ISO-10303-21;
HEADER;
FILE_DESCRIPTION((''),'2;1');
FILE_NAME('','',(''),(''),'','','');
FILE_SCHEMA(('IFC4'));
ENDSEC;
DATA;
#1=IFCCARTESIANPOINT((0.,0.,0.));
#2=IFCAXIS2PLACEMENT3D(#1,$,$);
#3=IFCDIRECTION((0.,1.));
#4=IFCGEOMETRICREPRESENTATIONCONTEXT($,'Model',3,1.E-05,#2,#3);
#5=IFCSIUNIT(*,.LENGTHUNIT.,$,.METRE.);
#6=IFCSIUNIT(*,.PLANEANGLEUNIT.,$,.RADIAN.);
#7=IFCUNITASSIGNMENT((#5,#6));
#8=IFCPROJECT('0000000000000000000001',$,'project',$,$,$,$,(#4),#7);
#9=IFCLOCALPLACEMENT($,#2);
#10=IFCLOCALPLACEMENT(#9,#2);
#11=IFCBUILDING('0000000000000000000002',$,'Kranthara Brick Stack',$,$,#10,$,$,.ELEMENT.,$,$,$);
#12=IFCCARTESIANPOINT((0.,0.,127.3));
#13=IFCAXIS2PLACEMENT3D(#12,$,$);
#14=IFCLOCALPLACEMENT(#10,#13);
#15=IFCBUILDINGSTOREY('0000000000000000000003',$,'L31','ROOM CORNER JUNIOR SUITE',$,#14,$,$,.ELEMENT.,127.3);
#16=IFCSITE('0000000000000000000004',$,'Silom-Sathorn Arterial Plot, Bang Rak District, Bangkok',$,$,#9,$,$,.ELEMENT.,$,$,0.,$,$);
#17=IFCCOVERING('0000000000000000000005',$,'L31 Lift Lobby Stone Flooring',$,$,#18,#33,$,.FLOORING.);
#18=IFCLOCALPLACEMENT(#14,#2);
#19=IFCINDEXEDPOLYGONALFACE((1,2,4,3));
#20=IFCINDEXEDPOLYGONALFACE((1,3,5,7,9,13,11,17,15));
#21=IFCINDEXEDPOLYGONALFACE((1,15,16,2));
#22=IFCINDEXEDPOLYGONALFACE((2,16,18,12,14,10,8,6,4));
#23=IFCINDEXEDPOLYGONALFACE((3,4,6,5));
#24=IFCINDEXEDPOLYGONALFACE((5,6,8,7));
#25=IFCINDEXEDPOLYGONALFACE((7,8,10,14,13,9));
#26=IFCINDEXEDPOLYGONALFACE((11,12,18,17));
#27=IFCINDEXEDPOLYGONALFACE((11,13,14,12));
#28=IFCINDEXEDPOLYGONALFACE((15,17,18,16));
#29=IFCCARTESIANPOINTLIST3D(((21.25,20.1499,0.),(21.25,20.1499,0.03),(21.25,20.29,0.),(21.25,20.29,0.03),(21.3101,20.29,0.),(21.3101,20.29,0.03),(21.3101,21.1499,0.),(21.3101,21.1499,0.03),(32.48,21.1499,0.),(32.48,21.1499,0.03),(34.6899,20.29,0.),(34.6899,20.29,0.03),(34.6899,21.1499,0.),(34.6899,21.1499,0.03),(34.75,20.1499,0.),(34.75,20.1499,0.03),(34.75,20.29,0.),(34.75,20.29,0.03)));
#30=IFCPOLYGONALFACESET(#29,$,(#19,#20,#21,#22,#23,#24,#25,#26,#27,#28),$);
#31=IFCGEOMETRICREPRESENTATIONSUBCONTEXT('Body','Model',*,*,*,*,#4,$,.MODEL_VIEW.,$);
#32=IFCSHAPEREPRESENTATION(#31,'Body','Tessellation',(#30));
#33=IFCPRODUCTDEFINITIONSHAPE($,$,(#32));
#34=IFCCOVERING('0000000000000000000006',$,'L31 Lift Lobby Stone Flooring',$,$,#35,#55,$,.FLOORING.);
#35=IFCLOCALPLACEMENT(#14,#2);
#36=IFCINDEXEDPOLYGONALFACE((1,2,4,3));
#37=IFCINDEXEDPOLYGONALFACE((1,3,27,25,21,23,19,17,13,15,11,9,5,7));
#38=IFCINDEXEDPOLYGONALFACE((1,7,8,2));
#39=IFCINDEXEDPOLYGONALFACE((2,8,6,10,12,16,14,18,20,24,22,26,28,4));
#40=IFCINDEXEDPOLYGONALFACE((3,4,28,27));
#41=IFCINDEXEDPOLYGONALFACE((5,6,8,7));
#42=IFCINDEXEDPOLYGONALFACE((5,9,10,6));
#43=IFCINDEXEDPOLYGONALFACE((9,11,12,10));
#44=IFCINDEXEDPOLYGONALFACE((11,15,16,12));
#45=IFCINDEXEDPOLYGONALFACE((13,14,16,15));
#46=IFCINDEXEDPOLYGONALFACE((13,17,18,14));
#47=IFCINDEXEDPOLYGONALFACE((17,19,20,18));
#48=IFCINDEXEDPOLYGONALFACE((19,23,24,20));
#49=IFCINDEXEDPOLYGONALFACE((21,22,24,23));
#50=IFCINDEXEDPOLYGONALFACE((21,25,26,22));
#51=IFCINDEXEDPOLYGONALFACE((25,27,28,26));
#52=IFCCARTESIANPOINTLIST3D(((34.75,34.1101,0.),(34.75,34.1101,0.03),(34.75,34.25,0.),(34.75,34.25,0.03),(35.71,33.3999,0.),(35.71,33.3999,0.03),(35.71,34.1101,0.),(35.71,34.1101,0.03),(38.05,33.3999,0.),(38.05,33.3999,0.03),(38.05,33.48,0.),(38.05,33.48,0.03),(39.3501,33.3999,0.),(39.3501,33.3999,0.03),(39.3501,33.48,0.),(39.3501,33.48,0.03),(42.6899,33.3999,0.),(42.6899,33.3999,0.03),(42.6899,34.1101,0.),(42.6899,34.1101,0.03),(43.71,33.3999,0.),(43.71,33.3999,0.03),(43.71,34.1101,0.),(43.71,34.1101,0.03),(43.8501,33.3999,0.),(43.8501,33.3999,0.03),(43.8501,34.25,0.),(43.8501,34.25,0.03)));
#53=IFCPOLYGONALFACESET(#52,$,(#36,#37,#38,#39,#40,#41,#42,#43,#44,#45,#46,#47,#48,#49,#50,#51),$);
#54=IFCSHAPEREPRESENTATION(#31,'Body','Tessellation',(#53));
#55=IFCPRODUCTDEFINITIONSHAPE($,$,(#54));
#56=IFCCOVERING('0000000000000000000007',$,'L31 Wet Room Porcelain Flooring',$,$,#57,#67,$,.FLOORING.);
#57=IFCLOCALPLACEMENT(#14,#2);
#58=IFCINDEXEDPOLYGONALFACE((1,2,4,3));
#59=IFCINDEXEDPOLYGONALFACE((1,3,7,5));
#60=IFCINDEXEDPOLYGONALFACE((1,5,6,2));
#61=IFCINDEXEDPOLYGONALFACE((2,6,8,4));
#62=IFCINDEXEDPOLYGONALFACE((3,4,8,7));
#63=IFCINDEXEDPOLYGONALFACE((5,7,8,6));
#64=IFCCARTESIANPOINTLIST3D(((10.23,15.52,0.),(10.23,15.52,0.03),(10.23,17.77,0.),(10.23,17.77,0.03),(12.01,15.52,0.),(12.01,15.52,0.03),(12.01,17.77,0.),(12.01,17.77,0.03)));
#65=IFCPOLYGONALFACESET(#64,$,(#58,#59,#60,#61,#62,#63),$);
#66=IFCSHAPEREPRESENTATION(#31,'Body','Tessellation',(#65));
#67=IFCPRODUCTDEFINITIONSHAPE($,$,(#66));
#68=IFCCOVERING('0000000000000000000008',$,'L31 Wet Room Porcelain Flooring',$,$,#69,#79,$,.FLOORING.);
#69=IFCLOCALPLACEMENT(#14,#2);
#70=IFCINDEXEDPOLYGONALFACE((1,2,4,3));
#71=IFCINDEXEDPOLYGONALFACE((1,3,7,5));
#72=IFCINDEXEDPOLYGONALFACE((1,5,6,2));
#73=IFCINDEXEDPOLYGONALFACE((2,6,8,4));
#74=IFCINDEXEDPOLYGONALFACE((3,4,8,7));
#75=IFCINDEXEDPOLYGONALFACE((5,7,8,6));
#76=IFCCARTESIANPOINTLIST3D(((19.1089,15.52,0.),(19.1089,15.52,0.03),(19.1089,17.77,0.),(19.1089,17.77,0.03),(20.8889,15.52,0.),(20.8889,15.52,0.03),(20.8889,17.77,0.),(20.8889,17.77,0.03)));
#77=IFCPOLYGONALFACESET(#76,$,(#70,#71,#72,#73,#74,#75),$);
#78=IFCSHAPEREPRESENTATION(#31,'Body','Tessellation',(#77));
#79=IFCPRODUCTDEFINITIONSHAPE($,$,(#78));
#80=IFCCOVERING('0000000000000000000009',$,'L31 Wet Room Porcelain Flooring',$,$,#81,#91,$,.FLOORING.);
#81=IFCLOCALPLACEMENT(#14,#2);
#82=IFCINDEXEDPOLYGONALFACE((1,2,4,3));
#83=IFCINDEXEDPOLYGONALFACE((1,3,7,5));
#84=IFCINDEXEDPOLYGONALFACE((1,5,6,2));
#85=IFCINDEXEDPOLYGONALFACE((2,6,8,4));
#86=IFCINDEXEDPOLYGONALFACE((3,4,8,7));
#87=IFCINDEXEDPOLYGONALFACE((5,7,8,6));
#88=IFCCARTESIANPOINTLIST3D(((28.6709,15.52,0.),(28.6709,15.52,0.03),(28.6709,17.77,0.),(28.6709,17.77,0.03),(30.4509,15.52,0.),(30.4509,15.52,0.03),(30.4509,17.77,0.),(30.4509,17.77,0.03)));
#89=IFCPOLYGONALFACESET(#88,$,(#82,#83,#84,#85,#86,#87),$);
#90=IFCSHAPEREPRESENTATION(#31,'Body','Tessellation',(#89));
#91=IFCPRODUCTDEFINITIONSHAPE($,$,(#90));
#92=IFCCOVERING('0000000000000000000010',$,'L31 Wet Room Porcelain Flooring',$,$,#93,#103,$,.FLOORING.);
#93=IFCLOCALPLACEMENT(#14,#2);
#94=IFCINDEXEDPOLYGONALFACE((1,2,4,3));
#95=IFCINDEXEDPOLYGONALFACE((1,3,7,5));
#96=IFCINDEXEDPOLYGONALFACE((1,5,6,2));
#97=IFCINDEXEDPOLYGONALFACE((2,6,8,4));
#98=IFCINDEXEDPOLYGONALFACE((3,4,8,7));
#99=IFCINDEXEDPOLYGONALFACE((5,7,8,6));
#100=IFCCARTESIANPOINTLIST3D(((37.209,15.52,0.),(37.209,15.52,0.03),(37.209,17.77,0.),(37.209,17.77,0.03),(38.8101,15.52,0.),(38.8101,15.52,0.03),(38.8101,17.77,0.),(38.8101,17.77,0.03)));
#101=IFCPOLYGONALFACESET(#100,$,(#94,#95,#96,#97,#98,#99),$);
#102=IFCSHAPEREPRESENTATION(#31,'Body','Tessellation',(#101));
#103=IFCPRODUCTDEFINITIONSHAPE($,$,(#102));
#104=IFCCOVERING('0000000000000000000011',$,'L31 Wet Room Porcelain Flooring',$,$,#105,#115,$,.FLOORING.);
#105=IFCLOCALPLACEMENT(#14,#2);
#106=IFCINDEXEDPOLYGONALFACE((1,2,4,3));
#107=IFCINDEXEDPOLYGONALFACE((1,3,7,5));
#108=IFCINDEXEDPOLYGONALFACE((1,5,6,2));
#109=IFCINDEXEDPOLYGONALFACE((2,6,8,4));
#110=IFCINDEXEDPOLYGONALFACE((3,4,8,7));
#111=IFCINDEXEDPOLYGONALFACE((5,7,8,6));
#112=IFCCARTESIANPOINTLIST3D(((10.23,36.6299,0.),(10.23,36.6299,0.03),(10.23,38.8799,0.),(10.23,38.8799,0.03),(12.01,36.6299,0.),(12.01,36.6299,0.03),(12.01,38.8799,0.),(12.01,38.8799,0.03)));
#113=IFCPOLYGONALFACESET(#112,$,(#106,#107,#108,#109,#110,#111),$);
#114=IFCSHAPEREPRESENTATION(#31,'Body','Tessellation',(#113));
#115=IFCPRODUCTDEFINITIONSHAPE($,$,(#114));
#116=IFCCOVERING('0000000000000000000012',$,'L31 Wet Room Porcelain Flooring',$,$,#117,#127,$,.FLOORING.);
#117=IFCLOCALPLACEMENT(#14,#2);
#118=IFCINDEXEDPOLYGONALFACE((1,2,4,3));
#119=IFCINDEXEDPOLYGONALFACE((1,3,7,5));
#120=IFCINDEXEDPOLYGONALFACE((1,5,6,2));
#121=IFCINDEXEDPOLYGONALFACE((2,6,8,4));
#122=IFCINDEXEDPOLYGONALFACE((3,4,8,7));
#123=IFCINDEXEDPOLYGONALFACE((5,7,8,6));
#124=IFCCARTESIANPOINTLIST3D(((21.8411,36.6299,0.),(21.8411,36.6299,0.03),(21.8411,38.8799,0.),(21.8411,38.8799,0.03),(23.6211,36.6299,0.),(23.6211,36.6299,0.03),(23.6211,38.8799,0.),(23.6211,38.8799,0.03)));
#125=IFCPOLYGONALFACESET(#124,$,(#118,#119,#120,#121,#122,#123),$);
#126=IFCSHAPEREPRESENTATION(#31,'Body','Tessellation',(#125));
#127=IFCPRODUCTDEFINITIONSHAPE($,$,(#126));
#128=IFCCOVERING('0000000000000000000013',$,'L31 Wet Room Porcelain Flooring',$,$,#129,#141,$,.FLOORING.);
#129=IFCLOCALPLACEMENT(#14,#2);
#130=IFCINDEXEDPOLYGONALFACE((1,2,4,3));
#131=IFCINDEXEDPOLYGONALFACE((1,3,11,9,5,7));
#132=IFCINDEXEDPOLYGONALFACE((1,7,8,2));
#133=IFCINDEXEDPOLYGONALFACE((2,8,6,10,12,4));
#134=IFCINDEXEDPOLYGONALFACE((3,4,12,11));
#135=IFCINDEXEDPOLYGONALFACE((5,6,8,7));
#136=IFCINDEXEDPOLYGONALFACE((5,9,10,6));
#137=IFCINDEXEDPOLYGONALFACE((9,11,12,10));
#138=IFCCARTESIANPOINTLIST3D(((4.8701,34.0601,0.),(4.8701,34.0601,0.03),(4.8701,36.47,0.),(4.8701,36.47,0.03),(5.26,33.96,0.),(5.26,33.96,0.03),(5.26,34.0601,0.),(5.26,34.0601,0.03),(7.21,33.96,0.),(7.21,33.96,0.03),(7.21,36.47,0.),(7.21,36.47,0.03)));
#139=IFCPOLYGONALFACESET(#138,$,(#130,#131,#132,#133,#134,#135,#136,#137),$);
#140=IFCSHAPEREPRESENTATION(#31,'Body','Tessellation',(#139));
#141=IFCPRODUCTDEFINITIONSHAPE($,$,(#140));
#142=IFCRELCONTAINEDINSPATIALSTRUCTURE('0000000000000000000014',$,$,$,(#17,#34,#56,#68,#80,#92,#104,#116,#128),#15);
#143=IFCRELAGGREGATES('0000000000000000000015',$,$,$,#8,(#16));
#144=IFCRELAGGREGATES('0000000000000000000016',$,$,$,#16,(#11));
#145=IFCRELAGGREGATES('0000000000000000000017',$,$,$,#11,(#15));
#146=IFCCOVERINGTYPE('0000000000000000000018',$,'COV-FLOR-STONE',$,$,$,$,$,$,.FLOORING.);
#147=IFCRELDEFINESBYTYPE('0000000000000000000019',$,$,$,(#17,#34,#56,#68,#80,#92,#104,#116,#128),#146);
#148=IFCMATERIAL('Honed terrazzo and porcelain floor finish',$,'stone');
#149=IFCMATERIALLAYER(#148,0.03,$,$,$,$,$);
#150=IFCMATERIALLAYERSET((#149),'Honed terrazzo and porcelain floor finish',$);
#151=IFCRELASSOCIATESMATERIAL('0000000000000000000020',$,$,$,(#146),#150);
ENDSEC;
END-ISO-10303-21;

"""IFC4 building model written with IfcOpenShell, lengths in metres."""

from ifc_helpers import new_model, si_unit, direction, frame, origin, place, context, subcontext, project, spatial, polyline, outline, extrude, material, layer, layer_set, type_object, element, save


model = new_model("IFC4")

# Units and contexts
model_context = context("Model", 3, precision=1e-05, world=origin(), true_north=direction((0.0, 1.0)))
body_context = subcontext(model_context, "Body", "Model", "MODEL_VIEW")
ifc_project = project(units=[si_unit("LENGTHUNIT", "METRE"), si_unit("PLANEANGLEUNIT", "RADIAN")], contexts=[model_context])

# Site, building, storey
site_placement = place(None, origin())
site = spatial("IfcSite", under=ifc_project, at=site_placement, Name="Silom-Sathorn Arterial Plot, Bang Rak District, Bangkok", CompositionType="ELEMENT", RefElevation=0.0)
building_placement = place(site_placement, origin())
building = spatial("IfcBuilding", under=site, at=building_placement, Name="Kranthara Brick Stack", CompositionType="ELEMENT")
storey_placement = place(building_placement, frame((0.0, 0.0, 127.3)))
storey = spatial("IfcBuildingStorey", under=building, at=storey_placement, Name="L31", Description="ROOM CORNER JUNIOR SUITE", CompositionType="ELEMENT", Elevation=127.3)

# Coverings
ifc_material_1 = material(Name="Honed terrazzo and porcelain floor finish", Category="stone")
ifc_layer_1 = layer(ifc_material_1, 0.03)
ifc_layer_set_1 = layer_set([ifc_layer_1], Name="Honed terrazzo and porcelain floor finish")
covering_type_1 = type_object("IfcCoveringType", Name="COV-FLOR-STONE", PredefinedType="FLOORING", material=ifc_layer_set_1)
covering_1_placement = place(storey_placement, origin())
element("IfcCovering", 1, at=covering_1_placement, inside=storey, type_object=covering_type_1, Name="L31 Lift Lobby Stone Flooring", PredefinedType="FLOORING", context=body_context, shape_type="SweptSolid", body=[
    extrude(outline(polyline([(21.25, 20.29), (21.3101, 20.29), (21.3101, 21.1499), (32.48, 21.1499), (34.6899, 21.1499), (34.6899, 20.29), (34.75, 20.29), (34.75, 20.1499), (21.25, 20.1499), (21.25, 20.29)])), origin(), (0.0, 0.0, 1.0), 0.03),
])
covering_2_placement = place(storey_placement, origin())
element("IfcCovering", 2, at=covering_2_placement, inside=storey, type_object=covering_type_1, Name="L31 Lift Lobby Stone Flooring", PredefinedType="FLOORING", context=body_context, shape_type="SweptSolid", body=[
    extrude(outline(polyline([(43.71, 33.3999), (43.71, 34.1101), (42.6899, 34.1101), (42.6899, 33.3999), (39.3501, 33.3999), (39.3501, 33.48), (38.05, 33.48), (38.05, 33.3999), (35.71, 33.3999), (35.71, 34.1101), (34.75, 34.1101), (34.75, 34.25), (43.8501, 34.25), (43.8501, 33.3999), (43.71, 33.3999)])), origin(), (0.0, 0.0, 1.0), 0.03),
])
covering_3_placement = place(storey_placement, origin())
element("IfcCovering", 3, at=covering_3_placement, inside=storey, type_object=covering_type_1, Name="L31 Wet Room Porcelain Flooring", PredefinedType="FLOORING", context=body_context, shape_type="SweptSolid", body=[
    extrude(outline(polyline([(10.23, 15.52), (10.23, 17.77), (12.01, 17.77), (12.01, 15.52), (10.23, 15.52)])), origin(), (0.0, 0.0, 1.0), 0.03),
])
covering_4_placement = place(storey_placement, origin())
element("IfcCovering", 4, at=covering_4_placement, inside=storey, type_object=covering_type_1, Name="L31 Wet Room Porcelain Flooring", PredefinedType="FLOORING", context=body_context, shape_type="SweptSolid", body=[
    extrude(outline(polyline([(19.1089, 15.52), (19.1089, 17.77), (20.8889, 17.77), (20.8889, 15.52), (19.1089, 15.52)])), origin(), (0.0, 0.0, 1.0), 0.03),
])
covering_5_placement = place(storey_placement, origin())
element("IfcCovering", 5, at=covering_5_placement, inside=storey, type_object=covering_type_1, Name="L31 Wet Room Porcelain Flooring", PredefinedType="FLOORING", context=body_context, shape_type="SweptSolid", body=[
    extrude(outline(polyline([(28.6709, 15.52), (28.6709, 17.77), (30.4509, 17.77), (30.4509, 15.52), (28.6709, 15.52)])), origin(), (0.0, 0.0, 1.0), 0.03),
])
covering_6_placement = place(storey_placement, origin())
element("IfcCovering", 6, at=covering_6_placement, inside=storey, type_object=covering_type_1, Name="L31 Wet Room Porcelain Flooring", PredefinedType="FLOORING", context=body_context, shape_type="SweptSolid", body=[
    extrude(outline(polyline([(37.209, 15.52), (37.209, 17.77), (38.8101, 17.77), (38.8101, 15.52), (37.209, 15.52)])), origin(), (0.0, 0.0, 1.0), 0.03),
])
covering_7_placement = place(storey_placement, origin())
element("IfcCovering", 7, at=covering_7_placement, inside=storey, type_object=covering_type_1, Name="L31 Wet Room Porcelain Flooring", PredefinedType="FLOORING", context=body_context, shape_type="SweptSolid", body=[
    extrude(outline(polyline([(10.23, 36.6299), (10.23, 38.8799), (12.01, 38.8799), (12.01, 36.6299), (10.23, 36.6299)])), origin(), (0.0, 0.0, 1.0), 0.03),
])
covering_8_placement = place(storey_placement, origin())
element("IfcCovering", 8, at=covering_8_placement, inside=storey, type_object=covering_type_1, Name="L31 Wet Room Porcelain Flooring", PredefinedType="FLOORING", context=body_context, shape_type="SweptSolid", body=[
    extrude(outline(polyline([(21.8411, 36.6299), (21.8411, 38.8799), (23.6211, 38.8799), (23.6211, 36.6299), (21.8411, 36.6299)])), origin(), (0.0, 0.0, 1.0), 0.03),
])
covering_9_placement = place(storey_placement, origin())
element("IfcCovering", 9, at=covering_9_placement, inside=storey, type_object=covering_type_1, Name="L31 Wet Room Porcelain Flooring", PredefinedType="FLOORING", context=body_context, shape_type="SweptSolid", body=[
    extrude(outline(polyline([(7.21, 36.47), (7.21, 33.96), (5.26, 33.96), (5.26, 34.0601), (4.8701, 34.0601), (4.8701, 36.47), (7.21, 36.47)])), origin(), (0.0, 0.0, 1.0), 0.03),
])

save(model, "model.ifc")
